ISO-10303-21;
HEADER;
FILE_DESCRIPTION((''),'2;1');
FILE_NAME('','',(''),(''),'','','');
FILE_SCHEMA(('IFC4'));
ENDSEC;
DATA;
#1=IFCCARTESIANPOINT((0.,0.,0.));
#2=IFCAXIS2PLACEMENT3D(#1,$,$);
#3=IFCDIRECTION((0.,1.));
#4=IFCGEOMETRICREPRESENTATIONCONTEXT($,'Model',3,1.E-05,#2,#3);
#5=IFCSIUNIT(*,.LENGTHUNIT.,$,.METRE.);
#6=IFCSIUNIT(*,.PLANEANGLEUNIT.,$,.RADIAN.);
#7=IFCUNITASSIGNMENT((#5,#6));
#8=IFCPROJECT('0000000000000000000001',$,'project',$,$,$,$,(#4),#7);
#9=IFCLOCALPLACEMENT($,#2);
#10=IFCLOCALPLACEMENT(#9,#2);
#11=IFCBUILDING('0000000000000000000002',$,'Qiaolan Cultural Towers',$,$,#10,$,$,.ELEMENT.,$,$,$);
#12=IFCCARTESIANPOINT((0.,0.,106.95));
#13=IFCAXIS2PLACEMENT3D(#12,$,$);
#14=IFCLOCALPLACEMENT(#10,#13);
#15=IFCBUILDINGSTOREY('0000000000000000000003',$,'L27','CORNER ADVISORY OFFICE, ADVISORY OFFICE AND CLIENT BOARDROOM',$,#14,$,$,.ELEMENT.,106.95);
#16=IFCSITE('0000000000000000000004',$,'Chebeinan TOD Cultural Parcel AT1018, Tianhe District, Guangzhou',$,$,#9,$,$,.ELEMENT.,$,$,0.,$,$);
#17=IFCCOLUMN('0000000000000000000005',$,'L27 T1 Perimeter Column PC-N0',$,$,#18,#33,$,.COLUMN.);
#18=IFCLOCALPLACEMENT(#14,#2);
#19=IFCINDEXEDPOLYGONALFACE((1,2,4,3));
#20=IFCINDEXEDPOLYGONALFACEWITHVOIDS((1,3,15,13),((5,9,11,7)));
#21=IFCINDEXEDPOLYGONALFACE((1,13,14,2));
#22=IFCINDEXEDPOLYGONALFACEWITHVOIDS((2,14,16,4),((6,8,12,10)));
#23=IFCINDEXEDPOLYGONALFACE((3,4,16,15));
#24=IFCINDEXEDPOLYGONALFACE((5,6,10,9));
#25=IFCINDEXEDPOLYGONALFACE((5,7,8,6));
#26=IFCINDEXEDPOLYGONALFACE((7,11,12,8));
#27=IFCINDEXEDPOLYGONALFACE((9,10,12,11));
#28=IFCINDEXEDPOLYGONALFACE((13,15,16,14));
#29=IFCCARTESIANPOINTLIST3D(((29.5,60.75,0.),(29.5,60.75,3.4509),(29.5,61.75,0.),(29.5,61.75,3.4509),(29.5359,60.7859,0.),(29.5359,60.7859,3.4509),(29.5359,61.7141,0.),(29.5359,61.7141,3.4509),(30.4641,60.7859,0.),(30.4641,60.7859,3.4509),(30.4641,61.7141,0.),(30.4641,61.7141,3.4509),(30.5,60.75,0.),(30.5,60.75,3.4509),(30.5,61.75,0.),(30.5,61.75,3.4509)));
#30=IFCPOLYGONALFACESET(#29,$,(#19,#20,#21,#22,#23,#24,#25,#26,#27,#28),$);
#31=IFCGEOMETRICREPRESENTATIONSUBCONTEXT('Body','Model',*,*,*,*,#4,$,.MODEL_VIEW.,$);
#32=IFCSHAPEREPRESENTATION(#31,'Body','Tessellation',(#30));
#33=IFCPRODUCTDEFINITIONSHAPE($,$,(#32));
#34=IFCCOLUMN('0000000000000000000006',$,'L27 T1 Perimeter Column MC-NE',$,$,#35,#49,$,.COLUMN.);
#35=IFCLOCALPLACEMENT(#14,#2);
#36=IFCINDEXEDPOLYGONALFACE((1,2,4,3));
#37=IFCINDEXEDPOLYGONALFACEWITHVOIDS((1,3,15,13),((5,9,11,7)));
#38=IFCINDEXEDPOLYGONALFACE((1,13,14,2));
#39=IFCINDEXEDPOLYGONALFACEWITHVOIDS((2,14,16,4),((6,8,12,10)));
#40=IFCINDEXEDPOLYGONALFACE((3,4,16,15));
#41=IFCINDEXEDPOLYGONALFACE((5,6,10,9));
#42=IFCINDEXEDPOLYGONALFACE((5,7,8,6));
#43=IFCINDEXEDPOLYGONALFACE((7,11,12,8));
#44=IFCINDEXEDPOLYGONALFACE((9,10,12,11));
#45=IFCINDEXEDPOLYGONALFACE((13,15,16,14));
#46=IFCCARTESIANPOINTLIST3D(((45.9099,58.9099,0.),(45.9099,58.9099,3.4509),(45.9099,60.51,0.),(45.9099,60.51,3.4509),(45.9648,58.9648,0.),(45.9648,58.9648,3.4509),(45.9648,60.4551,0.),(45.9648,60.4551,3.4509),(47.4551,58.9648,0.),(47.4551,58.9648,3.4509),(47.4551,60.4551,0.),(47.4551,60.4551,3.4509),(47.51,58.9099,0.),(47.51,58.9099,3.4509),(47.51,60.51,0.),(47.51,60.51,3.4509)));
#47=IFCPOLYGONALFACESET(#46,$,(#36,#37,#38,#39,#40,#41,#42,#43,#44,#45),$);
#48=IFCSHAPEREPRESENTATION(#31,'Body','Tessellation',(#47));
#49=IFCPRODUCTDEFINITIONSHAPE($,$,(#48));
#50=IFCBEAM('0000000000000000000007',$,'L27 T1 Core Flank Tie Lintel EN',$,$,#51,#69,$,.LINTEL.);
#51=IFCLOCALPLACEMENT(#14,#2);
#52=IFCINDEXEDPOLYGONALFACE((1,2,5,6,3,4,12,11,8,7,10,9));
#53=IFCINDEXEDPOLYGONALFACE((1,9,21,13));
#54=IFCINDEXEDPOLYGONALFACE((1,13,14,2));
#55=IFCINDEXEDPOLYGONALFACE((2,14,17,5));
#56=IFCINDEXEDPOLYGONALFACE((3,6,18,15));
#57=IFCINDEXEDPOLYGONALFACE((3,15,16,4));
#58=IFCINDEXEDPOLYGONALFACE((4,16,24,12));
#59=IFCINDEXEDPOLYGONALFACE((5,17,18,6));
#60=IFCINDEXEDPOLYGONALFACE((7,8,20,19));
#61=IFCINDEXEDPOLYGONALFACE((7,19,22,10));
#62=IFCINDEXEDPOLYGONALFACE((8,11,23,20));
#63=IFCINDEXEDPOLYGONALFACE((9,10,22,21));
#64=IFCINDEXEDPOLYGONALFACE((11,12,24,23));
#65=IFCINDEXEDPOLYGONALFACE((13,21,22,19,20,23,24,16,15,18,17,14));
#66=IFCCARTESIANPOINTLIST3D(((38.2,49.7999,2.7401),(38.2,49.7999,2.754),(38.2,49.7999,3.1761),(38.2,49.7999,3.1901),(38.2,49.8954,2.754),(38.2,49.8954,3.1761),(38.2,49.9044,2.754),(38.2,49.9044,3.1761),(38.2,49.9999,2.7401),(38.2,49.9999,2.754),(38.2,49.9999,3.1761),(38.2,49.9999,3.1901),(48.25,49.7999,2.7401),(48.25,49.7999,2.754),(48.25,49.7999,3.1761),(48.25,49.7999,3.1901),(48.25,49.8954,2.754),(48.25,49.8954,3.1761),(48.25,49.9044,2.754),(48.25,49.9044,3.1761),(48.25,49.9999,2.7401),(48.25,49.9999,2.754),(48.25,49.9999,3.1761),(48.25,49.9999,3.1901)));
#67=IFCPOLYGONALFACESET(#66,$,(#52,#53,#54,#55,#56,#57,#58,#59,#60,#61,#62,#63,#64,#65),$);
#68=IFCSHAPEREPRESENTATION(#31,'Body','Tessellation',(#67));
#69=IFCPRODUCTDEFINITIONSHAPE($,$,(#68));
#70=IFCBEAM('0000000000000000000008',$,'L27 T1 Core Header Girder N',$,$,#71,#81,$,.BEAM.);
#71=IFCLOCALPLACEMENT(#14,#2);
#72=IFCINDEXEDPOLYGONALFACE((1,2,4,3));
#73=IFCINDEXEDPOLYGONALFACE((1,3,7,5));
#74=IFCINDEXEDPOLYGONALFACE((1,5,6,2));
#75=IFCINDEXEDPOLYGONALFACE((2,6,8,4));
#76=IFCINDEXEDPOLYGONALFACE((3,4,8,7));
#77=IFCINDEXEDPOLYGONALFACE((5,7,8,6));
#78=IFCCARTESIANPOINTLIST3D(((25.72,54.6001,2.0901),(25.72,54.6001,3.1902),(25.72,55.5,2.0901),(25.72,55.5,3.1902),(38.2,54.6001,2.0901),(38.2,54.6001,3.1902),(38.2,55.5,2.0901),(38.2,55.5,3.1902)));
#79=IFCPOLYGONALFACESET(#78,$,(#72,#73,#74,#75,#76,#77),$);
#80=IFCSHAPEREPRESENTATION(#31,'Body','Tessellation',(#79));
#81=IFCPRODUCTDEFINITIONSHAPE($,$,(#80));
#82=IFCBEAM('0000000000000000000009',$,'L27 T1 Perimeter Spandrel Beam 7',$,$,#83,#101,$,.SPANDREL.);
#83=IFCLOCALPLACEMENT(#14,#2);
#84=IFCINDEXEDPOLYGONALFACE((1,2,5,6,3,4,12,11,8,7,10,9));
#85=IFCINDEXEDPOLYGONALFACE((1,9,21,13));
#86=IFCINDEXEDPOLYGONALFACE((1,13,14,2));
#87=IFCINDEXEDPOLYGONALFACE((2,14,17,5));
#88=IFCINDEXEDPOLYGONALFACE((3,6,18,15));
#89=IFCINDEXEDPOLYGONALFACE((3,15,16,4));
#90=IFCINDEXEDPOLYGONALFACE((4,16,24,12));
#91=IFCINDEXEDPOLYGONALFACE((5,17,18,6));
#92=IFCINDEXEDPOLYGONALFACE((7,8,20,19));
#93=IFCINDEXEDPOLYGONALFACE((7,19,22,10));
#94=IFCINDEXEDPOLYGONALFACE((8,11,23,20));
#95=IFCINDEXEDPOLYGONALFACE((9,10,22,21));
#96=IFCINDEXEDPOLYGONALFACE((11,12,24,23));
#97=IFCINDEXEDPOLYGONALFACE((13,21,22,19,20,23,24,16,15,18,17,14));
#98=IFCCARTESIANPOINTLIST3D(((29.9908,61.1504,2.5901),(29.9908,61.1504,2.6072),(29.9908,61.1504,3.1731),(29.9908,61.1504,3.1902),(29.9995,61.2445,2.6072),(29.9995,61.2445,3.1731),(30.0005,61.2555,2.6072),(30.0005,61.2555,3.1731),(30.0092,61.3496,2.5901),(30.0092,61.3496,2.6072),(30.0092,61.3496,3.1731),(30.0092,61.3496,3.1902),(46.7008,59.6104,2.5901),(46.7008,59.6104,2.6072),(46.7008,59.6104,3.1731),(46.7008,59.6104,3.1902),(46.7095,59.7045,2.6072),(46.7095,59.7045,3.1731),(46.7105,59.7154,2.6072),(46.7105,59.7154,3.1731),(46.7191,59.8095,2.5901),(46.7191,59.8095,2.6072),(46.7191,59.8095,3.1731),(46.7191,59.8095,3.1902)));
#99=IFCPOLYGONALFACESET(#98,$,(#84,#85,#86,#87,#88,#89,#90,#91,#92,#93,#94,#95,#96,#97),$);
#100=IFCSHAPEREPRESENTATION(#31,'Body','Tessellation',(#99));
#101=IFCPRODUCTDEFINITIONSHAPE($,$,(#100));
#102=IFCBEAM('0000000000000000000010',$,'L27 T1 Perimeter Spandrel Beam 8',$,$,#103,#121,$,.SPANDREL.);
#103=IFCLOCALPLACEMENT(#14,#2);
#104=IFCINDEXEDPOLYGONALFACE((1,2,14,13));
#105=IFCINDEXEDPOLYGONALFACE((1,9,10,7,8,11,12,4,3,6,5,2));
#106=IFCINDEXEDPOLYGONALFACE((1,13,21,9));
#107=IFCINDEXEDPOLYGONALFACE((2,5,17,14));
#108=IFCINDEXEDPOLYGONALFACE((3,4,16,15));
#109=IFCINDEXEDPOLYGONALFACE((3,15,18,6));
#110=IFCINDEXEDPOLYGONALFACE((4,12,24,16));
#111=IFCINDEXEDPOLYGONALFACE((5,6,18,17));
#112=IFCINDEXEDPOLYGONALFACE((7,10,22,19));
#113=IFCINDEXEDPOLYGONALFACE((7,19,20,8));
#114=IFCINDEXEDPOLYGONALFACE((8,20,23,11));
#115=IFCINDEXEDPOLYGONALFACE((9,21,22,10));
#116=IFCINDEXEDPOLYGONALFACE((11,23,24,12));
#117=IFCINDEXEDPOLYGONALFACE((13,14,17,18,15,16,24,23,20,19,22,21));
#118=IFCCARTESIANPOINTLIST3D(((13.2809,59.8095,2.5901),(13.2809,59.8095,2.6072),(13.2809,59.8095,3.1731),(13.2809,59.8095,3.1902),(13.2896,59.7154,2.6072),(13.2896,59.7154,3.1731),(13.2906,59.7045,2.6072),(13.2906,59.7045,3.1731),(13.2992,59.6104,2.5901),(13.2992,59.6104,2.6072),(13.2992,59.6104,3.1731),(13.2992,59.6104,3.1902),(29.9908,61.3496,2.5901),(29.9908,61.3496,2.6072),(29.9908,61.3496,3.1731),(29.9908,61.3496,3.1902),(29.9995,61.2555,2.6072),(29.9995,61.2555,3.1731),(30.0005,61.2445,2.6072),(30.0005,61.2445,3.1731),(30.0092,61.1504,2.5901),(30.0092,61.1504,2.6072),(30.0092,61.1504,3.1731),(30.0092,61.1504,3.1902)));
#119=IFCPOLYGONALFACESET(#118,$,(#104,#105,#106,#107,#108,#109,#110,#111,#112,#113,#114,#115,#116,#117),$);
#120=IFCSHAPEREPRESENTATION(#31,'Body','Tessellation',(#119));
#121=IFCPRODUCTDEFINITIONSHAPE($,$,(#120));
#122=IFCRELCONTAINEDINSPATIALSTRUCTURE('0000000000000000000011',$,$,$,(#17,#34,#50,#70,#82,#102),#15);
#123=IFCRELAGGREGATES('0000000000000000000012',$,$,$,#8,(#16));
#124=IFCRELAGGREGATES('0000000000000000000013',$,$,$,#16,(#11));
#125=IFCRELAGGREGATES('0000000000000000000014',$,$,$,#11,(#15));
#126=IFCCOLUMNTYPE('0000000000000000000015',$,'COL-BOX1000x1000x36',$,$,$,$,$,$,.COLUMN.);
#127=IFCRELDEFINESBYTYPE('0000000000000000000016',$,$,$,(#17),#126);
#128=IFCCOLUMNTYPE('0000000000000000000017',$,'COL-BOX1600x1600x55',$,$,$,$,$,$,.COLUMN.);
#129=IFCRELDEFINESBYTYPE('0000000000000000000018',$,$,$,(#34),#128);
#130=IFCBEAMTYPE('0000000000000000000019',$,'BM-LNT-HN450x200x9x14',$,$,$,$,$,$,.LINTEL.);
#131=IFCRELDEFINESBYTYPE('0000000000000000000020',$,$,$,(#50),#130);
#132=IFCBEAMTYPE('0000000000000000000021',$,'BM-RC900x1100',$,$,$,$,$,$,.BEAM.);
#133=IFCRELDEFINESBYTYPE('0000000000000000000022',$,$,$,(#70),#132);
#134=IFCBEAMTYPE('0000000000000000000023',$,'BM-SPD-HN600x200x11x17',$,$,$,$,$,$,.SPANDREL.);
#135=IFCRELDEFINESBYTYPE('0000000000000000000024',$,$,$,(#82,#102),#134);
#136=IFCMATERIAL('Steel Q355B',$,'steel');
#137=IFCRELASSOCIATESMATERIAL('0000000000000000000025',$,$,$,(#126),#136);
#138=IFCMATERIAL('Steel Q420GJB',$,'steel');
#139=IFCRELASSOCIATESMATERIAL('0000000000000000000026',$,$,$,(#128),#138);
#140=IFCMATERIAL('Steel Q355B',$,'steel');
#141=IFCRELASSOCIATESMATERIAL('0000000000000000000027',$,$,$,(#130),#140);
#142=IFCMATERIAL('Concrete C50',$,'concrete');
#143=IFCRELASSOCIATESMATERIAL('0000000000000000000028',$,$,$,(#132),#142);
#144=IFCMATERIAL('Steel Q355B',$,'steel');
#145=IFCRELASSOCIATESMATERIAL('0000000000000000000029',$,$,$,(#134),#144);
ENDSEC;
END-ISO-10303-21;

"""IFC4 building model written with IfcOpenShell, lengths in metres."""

from ifc_helpers import new_model, si_unit, direction, frame, origin, origin_2d, place, context, subcontext, project, spatial, rectangle, hollow_rectangle, i_section, extrude, material, material_profile, profile_set, type_object, element, save


model = new_model("IFC4")

# Units and contexts
model_context = context("Model", 3, precision=1e-05, world=origin(), true_north=direction((0.0, 1.0)))
body_context = subcontext(model_context, "Body", "Model", "MODEL_VIEW")
ifc_project = project(units=[si_unit("LENGTHUNIT", "METRE"), si_unit("PLANEANGLEUNIT", "RADIAN")], contexts=[model_context])

# Site, building, storey
site_placement = place(None, origin())
site = spatial("IfcSite", under=ifc_project, at=site_placement, Name="Chebeinan TOD Cultural Parcel AT1018, Tianhe District, Guangzhou", CompositionType="ELEMENT", RefElevation=0.0)
building_placement = place(site_placement, origin())
building = spatial("IfcBuilding", under=site, at=building_placement, Name="Qiaolan Cultural Towers", CompositionType="ELEMENT")
storey_placement = place(building_placement, frame((0.0, 0.0, 106.95)))
storey = spatial("IfcBuildingStorey", under=building, at=storey_placement, Name="L27", Description="CORNER ADVISORY OFFICE, ADVISORY OFFICE AND CLIENT BOARDROOM", CompositionType="ELEMENT", Elevation=106.95)

# Columns
ifc_material_1 = material(Name="Steel Q355B", Category="steel")
ifc_material_profile_1 = material_profile(ifc_material_1, hollow_rectangle(XDim=1.0, YDim=1.0, WallThickness=0.0359, at=origin_2d()), Name="BOX1000x1000x36")
ifc_profile_set_1 = profile_set([ifc_material_profile_1], Name="Steel Q355B")
column_type_1 = type_object("IfcColumnType", Name="COL-BOX1000x1000x36", PredefinedType="COLUMN", material=ifc_profile_set_1)
column_1_placement = place(storey_placement, frame((30.0, 61.25, 0.0), z_axis=(0.0, 0.0, 1.0), x_axis=(1.0, 0.0, 0.0)))
element("IfcColumn", 1, at=column_1_placement, inside=storey, type_object=column_type_1, Name="L27 T1 Perimeter Column PC-N0", PredefinedType="COLUMN", context=body_context, shape_type="SweptSolid", body=[
    extrude(hollow_rectangle(XDim=1.0, YDim=1.0, WallThickness=0.0359, at=origin_2d()), origin(), (0.0, 0.0, 1.0), 3.4509),
])
ifc_material_2 = material(Name="Steel Q420GJB", Category="steel")
ifc_material_profile_2 = material_profile(ifc_material_2, hollow_rectangle(XDim=1.6001, YDim=1.6001, WallThickness=0.0549, at=origin_2d()), Name="BOX1600x1600x55")
ifc_profile_set_2 = profile_set([ifc_material_profile_2], Name="Steel Q420GJB")
column_type_2 = type_object("IfcColumnType", Name="COL-BOX1600x1600x55", PredefinedType="COLUMN", material=ifc_profile_set_2)
column_2_placement = place(storey_placement, frame((46.71, 59.71, 0.0), z_axis=(0.0, 0.0, 1.0), x_axis=(1.0, 0.0, 0.0)))
element("IfcColumn", 2, at=column_2_placement, inside=storey, type_object=column_type_2, Name="L27 T1 Perimeter Column MC-NE", PredefinedType="COLUMN", context=body_context, shape_type="SweptSolid", body=[
    extrude(hollow_rectangle(XDim=1.6001, YDim=1.6001, WallThickness=0.0549, at=origin_2d()), origin(), (0.0, 0.0, 1.0), 3.4509),
])

# Beams
ifc_material_3 = material(Name="Steel Q355B", Category="steel")
ifc_material_profile_3 = material_profile(ifc_material_3, i_section(OverallWidth=0.2, OverallDepth=0.45, WebThickness=0.009, FlangeThickness=0.0139, at=origin_2d()), Name="HN450x200x9x14")
ifc_profile_set_3 = profile_set([ifc_material_profile_3], Name="Steel Q355B")
beam_type_1 = type_object("IfcBeamType", Name="BM-LNT-HN450x200x9x14", PredefinedType="LINTEL", material=ifc_profile_set_3)
beam_1_placement = place(storey_placement, frame((38.2, 49.8999, 2.9651), z_axis=(1.0, 0.0, 0.0), x_axis=(0.0, 1.0, 0.0)))
element("IfcBeam", 3, at=beam_1_placement, inside=storey, type_object=beam_type_1, Name="L27 T1 Core Flank Tie Lintel EN", PredefinedType="LINTEL", context=body_context, shape_type="SweptSolid", body=[
    extrude(i_section(OverallWidth=0.2, OverallDepth=0.45, WebThickness=0.009, FlangeThickness=0.0139, at=origin_2d()), origin(), (0.0, 0.0, 1.0), 10.05),
])
ifc_material_4 = material(Name="Concrete C50", Category="concrete")
ifc_material_profile_4 = material_profile(ifc_material_4, rectangle(XDim=0.8999, YDim=1.1001, at=origin_2d()), Name="RC900x1100")
ifc_profile_set_4 = profile_set([ifc_material_profile_4], Name="Concrete C50")
beam_type_2 = type_object("IfcBeamType", Name="BM-RC900x1100", PredefinedType="BEAM", material=ifc_profile_set_4)
beam_2_placement = place(storey_placement, frame((25.72, 55.05, 2.6401), z_axis=(1.0, 0.0, 0.0), x_axis=(0.0, 1.0, 0.0)))
element("IfcBeam", 4, at=beam_2_placement, inside=storey, type_object=beam_type_2, Name="L27 T1 Core Header Girder N", PredefinedType="BEAM", context=body_context, shape_type="SweptSolid", body=[
    extrude(rectangle(XDim=0.8999, YDim=1.1001, at=origin_2d()), origin(), (0.0, 0.0, 1.0), 12.48),
])
ifc_material_5 = material(Name="Steel Q355B", Category="steel")
ifc_material_profile_5 = material_profile(ifc_material_5, i_section(OverallWidth=0.2, OverallDepth=0.6001, WebThickness=0.011, FlangeThickness=0.0171, at=origin_2d()), Name="HN600x200x11x17")
ifc_profile_set_5 = profile_set([ifc_material_profile_5], Name="Steel Q355B")
beam_type_3 = type_object("IfcBeamType", Name="BM-SPD-HN600x200x11x17", PredefinedType="SPANDREL", material=ifc_profile_set_5)
for number, where, z_axis, x_axis, name in (
    (5, (46.71, 59.71, 2.8901), (-0.99578, 0.091774, 0.0), (-0.091774, -0.99578, 0.0), "L27 T1 Perimeter Spandrel Beam 7"),
    (6, (30.0, 61.25, 2.8901), (-0.99578, -0.091774, 0.0), (0.091774, -0.99578, 0.0), "L27 T1 Perimeter Spandrel Beam 8"),
):
    element("IfcBeam", number, at=place(storey_placement, frame(where, z_axis=z_axis, x_axis=x_axis)), inside=storey, type_object=beam_type_3, Name=name, PredefinedType="SPANDREL", context=body_context, shape_type="SweptSolid", body=[
        extrude(i_section(OverallWidth=0.2, OverallDepth=0.6001, WebThickness=0.011, FlangeThickness=0.0171, at=origin_2d()), origin(), (0.0, 0.0, 1.0), 16.7808),
    ])

save(model, "model.ifc")
